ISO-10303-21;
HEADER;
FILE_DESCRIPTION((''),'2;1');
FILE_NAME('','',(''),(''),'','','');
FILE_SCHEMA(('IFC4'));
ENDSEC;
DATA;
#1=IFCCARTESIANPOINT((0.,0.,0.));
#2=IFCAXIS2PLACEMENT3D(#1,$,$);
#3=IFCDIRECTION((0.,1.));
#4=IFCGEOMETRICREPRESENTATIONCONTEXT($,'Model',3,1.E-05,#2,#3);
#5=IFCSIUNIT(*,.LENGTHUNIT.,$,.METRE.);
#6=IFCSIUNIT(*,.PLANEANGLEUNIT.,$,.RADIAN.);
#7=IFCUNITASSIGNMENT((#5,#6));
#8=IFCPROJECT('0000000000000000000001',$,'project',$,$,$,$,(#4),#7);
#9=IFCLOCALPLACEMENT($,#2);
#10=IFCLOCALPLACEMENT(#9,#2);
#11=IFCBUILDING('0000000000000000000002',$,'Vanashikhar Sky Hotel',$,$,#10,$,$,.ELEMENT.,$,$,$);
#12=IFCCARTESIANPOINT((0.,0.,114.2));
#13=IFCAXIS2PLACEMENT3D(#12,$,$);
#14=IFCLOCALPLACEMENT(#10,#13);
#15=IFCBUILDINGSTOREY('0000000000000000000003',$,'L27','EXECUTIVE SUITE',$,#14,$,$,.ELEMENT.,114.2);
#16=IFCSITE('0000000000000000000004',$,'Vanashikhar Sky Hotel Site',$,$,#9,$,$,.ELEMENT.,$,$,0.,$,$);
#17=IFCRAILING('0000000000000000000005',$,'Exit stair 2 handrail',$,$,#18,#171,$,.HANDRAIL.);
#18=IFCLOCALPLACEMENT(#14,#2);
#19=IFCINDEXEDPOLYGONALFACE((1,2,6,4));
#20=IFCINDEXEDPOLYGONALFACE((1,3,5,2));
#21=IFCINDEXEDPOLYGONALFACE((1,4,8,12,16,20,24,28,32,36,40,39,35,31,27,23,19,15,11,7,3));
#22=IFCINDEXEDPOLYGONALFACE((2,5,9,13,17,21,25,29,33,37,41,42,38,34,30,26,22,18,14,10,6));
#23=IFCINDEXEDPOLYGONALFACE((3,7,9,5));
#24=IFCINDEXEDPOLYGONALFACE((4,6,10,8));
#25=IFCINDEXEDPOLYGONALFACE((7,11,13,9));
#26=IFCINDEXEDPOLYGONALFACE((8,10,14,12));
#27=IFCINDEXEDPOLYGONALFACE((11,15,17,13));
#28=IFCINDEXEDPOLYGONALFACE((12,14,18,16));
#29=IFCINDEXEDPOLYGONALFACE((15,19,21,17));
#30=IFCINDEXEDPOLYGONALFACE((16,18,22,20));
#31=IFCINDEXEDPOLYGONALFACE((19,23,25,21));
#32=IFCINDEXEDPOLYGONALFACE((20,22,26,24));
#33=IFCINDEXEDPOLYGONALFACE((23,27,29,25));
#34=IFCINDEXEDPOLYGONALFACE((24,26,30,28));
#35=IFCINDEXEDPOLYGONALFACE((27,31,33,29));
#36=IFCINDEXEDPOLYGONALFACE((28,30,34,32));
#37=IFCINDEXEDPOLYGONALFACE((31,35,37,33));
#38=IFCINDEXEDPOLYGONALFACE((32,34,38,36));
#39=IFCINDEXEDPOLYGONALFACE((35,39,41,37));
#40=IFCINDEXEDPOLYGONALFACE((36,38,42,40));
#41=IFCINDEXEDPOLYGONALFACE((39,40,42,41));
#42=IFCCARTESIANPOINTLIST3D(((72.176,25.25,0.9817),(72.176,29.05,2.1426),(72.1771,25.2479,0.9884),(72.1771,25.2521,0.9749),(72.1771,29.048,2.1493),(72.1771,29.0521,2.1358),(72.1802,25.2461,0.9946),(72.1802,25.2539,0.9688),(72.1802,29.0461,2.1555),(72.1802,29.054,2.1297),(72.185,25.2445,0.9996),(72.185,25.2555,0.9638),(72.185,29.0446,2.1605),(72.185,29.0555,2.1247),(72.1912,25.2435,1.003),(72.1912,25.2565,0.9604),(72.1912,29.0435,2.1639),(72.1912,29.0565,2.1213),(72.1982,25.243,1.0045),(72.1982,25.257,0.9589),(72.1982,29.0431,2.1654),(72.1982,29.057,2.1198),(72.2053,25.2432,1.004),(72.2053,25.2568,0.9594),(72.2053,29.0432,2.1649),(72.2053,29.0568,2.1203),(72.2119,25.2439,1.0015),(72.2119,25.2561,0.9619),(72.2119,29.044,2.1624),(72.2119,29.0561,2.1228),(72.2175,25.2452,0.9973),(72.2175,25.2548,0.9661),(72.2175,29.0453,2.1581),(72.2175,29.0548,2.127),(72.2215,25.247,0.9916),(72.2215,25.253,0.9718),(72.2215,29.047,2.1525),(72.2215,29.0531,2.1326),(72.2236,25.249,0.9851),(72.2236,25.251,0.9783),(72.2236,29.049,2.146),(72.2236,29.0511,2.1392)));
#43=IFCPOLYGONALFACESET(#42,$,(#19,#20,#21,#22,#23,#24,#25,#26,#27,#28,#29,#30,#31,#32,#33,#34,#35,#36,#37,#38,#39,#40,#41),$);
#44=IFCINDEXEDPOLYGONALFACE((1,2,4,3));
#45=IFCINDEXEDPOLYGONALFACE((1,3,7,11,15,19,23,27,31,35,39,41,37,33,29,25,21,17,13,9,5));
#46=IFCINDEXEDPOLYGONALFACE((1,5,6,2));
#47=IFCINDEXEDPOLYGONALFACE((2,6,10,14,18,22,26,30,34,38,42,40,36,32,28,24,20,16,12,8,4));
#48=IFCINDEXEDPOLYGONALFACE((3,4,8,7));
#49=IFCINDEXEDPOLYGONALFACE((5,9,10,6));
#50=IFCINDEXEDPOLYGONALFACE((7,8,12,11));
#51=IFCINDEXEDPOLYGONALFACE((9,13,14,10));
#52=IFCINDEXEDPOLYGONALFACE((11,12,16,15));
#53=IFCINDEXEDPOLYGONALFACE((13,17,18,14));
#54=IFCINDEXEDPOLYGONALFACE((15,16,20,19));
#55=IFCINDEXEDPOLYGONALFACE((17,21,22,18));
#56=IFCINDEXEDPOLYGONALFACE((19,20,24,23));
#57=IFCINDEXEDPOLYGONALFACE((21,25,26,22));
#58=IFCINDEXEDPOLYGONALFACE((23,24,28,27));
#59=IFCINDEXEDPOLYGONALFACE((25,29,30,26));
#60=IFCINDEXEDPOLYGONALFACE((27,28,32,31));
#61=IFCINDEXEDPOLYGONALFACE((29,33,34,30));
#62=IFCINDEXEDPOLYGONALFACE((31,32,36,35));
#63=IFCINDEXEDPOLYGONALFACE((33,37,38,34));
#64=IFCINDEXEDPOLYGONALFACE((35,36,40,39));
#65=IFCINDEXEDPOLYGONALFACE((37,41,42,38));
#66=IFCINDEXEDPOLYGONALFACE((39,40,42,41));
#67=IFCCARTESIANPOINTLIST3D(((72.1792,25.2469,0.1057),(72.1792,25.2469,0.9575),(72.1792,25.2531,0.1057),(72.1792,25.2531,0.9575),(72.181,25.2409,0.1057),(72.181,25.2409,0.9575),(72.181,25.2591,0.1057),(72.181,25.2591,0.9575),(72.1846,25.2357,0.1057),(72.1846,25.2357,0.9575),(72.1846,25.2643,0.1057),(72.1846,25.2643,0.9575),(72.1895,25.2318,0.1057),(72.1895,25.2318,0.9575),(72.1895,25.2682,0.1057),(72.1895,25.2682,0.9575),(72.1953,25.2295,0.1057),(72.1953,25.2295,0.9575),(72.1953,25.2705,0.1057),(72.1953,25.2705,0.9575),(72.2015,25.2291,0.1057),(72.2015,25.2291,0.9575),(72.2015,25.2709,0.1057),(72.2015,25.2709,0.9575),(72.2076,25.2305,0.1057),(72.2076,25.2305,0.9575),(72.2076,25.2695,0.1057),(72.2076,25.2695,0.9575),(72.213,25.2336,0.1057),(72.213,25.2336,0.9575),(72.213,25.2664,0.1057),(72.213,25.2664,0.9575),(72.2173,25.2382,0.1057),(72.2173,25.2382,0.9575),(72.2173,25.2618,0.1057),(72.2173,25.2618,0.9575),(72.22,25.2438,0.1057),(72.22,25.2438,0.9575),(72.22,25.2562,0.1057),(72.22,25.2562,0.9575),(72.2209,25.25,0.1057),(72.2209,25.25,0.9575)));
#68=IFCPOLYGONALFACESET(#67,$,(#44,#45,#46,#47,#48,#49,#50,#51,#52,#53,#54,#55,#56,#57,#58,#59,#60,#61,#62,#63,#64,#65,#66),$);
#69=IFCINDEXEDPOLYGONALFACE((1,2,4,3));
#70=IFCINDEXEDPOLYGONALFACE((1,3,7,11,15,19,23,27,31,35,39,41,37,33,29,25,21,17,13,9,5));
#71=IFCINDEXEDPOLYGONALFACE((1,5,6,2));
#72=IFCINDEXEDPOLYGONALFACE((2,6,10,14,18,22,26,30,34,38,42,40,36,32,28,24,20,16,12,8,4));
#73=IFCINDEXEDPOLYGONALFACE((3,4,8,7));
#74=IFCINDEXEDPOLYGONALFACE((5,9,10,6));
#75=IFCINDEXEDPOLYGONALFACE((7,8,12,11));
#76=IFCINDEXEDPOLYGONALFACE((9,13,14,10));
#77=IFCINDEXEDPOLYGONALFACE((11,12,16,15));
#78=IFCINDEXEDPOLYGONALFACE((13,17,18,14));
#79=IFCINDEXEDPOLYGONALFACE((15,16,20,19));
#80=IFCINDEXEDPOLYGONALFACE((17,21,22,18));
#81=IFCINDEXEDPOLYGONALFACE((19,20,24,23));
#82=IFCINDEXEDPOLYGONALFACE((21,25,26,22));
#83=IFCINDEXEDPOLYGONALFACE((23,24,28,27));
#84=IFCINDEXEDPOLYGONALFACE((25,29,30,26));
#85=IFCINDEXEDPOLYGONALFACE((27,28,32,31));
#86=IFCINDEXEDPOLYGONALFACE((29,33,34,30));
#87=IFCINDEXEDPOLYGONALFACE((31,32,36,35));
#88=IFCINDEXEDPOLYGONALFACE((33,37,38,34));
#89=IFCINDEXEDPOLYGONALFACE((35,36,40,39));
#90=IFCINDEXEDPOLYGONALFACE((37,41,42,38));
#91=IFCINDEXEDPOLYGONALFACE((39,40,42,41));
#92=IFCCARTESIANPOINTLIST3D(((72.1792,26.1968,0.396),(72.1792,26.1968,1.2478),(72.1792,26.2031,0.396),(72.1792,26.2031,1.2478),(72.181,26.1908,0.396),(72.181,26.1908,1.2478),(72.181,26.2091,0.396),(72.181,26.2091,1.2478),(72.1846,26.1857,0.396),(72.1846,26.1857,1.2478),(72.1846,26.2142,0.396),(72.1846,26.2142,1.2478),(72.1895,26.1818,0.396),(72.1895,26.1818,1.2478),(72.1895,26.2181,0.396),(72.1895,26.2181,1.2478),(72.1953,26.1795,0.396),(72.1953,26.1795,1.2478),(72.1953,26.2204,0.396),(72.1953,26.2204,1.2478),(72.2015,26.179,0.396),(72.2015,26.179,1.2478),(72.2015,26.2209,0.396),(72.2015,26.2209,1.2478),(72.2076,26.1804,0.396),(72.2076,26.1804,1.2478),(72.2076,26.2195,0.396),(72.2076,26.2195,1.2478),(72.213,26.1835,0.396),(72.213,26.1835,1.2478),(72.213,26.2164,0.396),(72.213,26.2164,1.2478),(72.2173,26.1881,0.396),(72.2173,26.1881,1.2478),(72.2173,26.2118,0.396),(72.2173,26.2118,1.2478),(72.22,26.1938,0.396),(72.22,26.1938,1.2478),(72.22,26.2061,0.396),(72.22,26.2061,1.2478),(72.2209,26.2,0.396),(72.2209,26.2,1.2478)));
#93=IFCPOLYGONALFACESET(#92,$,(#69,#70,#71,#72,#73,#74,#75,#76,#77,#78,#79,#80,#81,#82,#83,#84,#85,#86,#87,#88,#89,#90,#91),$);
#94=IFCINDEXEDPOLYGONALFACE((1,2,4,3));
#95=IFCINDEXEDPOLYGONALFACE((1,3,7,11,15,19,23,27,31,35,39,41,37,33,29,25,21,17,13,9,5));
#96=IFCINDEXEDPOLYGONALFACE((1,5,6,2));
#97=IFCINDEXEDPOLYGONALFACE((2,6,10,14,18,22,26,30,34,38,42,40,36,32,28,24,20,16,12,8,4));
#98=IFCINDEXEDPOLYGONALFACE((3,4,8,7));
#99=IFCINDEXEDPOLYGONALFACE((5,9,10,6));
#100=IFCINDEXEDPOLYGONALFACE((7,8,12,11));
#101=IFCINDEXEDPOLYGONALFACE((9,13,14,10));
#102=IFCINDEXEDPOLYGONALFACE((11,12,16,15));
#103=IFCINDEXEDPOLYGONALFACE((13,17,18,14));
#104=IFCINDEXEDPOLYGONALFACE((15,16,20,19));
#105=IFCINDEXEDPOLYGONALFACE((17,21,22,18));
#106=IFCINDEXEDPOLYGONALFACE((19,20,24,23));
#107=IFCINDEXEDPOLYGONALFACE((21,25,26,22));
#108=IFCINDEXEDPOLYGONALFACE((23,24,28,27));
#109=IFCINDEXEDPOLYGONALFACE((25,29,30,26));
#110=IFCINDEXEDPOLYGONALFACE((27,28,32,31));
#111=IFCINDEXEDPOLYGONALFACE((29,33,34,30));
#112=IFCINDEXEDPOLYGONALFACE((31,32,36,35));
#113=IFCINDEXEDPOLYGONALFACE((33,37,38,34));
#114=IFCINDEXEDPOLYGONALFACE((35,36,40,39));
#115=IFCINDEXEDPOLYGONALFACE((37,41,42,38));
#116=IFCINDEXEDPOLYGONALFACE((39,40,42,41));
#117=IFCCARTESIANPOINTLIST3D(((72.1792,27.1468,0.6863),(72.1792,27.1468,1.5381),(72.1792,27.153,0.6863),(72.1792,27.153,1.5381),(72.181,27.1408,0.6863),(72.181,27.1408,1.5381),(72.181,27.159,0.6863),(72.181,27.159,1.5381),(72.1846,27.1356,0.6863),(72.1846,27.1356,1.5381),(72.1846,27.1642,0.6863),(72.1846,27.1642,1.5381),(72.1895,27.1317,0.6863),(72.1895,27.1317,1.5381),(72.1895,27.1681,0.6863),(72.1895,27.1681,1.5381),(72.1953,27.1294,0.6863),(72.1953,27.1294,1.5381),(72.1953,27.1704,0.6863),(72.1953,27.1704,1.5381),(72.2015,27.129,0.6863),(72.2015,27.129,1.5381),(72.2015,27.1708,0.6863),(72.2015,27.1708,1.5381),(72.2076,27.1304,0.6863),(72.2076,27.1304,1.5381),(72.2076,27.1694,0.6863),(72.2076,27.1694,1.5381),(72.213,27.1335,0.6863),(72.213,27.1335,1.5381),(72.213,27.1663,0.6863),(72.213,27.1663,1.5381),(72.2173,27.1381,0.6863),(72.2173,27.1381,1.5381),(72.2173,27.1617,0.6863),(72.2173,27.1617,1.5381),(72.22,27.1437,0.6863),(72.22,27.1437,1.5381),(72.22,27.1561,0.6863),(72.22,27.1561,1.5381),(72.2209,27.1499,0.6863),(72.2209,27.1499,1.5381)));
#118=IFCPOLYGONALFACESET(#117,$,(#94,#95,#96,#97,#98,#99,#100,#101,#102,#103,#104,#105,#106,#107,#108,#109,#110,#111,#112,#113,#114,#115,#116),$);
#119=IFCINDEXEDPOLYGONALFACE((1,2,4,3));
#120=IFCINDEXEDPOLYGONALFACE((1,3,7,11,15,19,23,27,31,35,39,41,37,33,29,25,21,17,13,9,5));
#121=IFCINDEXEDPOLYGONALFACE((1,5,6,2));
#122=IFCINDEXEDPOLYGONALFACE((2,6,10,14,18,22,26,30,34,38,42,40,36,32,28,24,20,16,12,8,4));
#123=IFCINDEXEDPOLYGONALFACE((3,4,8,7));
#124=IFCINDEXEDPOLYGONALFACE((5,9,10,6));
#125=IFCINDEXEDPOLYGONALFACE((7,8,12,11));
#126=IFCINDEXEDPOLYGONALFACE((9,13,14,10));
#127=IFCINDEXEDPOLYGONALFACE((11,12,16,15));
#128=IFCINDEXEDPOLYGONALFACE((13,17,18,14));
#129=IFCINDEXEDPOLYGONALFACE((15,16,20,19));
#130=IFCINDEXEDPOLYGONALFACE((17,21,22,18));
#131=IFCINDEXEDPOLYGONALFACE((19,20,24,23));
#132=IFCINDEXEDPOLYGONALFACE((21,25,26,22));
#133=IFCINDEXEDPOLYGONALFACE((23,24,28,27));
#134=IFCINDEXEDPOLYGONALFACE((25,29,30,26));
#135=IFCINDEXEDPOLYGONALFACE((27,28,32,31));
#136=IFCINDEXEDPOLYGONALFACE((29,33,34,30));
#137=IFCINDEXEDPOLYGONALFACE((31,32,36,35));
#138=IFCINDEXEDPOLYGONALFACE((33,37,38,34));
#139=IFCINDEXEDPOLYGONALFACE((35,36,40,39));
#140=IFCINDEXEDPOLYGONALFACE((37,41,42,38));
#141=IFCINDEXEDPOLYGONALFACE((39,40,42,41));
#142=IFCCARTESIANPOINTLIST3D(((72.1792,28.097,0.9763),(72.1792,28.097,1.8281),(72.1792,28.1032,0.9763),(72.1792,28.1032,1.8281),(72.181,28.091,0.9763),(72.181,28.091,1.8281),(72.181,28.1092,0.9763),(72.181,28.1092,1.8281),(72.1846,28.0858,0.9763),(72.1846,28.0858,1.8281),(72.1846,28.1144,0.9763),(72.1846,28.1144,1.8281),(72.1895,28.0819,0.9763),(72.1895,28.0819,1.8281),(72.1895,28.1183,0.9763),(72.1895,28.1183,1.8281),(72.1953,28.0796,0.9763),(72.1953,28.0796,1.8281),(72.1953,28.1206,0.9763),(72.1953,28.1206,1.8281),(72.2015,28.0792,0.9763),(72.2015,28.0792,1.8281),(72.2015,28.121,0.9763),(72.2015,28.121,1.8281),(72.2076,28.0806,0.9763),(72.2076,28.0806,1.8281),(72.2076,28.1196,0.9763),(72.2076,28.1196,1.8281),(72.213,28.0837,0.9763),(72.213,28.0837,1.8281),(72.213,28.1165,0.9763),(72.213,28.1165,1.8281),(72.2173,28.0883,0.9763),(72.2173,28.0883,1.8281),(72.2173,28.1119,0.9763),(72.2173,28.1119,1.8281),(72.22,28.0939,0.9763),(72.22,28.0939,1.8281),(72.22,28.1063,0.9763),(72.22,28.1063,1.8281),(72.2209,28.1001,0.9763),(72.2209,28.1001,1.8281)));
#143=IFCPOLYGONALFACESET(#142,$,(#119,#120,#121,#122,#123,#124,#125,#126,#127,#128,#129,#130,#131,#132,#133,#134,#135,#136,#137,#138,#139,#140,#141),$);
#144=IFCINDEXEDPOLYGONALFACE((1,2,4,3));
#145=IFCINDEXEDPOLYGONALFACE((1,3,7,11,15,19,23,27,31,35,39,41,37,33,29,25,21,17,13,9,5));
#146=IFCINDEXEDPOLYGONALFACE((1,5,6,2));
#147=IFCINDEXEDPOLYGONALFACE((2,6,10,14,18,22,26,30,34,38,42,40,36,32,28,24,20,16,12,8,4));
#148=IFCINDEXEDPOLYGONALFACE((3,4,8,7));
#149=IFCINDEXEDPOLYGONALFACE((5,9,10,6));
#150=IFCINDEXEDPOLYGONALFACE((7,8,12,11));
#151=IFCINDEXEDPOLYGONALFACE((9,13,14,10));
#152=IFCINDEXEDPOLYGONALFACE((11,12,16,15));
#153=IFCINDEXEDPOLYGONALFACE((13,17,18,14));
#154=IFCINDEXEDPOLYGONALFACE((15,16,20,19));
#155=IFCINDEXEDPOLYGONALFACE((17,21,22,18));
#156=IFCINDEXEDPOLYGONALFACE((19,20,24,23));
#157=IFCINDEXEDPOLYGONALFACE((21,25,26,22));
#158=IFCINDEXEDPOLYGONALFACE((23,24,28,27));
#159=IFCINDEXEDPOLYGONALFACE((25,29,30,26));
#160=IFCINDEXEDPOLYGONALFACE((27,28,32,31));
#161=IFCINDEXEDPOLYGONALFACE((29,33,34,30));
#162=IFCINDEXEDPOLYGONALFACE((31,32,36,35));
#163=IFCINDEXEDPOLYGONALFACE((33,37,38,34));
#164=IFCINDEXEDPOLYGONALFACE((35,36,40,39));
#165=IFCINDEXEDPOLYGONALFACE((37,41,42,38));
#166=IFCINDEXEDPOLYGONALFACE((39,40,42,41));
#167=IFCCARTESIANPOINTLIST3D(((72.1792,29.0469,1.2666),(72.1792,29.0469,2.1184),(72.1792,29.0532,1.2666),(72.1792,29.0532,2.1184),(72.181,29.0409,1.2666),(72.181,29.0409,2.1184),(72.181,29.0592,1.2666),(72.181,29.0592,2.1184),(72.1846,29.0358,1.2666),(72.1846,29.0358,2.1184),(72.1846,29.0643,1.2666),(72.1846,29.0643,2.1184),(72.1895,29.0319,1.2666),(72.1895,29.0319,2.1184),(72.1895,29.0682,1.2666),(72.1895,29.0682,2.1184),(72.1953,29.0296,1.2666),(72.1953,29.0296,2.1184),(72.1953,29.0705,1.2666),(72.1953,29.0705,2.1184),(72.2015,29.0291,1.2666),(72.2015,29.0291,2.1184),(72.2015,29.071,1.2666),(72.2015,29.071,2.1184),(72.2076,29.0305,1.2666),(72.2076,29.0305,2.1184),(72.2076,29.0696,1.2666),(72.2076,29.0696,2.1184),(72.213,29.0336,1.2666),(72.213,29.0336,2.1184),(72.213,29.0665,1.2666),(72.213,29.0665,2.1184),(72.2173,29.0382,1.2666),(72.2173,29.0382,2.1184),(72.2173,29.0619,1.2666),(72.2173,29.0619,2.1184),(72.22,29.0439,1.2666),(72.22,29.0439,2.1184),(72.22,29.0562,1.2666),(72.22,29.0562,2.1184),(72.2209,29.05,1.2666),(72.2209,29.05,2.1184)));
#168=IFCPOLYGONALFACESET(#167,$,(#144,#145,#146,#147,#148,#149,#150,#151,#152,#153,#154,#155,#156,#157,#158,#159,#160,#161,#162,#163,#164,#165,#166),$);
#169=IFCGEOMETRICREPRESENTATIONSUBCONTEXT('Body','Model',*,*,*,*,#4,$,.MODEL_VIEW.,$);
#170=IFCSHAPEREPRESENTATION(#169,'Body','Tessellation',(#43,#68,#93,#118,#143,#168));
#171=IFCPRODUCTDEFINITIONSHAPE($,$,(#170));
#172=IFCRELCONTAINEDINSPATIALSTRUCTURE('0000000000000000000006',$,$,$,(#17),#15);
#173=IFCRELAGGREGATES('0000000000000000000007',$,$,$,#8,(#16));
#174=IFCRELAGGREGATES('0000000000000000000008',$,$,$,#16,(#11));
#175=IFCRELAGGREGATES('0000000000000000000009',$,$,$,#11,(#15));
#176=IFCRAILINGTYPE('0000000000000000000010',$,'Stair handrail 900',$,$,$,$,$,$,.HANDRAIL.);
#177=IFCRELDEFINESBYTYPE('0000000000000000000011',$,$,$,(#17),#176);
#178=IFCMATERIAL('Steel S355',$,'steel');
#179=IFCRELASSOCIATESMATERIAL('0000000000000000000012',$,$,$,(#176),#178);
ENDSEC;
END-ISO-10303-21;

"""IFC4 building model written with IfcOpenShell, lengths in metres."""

from ifc_helpers import new_model, si_unit, direction, frame, origin, origin_2d, place, context, subcontext, project, spatial, circle, extrude, source, transform, mapped, material, type_object, element, save


model = new_model("IFC4")

# Units and contexts
model_context = context("Model", 3, precision=1e-05, world=origin(), true_north=direction((0.0, 1.0)))
body_context = subcontext(model_context, "Body", "Model", "MODEL_VIEW")
ifc_project = project(units=[si_unit("LENGTHUNIT", "METRE"), si_unit("PLANEANGLEUNIT", "RADIAN")], contexts=[model_context])

# Site, building, storey
site_placement = place(None, origin())
site = spatial("IfcSite", under=ifc_project, at=site_placement, Name="Vanashikhar Sky Hotel Site", CompositionType="ELEMENT", RefElevation=0.0)
building_placement = place(site_placement, origin())
building = spatial("IfcBuilding", under=site, at=building_placement, Name="Vanashikhar Sky Hotel", CompositionType="ELEMENT")
storey_placement = place(building_placement, frame((0.0, 0.0, 114.2)))
storey = spatial("IfcBuildingStorey", under=building, at=storey_placement, Name="L27", Description="EXECUTIVE SUITE", CompositionType="ELEMENT", Elevation=114.2)

# Railing
ifc_material_1 = material(Name="Steel S355", Category="steel")
railing_type_1 = type_object("IfcRailingType", Name="Stair handrail 900", PredefinedType="HANDRAIL", material=ifc_material_1)
shared_shape_1 = source(origin(), body_context, "Body", "SweptSolid", [
    extrude(circle(Radius=0.0239, at=origin_2d()), frame((0.0, 0.0, 0.876), z_axis=(0.0, 0.956368, 0.292164), x_axis=(-1.0, 0.0, 0.0)), (0.0, 0.0, 1.0), 3.9734),
    extrude(circle(Radius=0.021, at=origin_2d()), origin(), (0.0, 0.0, 1.0), 0.8518),
    extrude(circle(Radius=0.021, at=origin_2d()), frame((0.0, 0.95, 0.2903)), (0.0, 0.0, 1.0), 0.8518),
    extrude(circle(Radius=0.021, at=origin_2d()), frame((0.0, 1.8999, 0.5806)), (0.0, 0.0, 1.0), 0.8518),
    extrude(circle(Radius=0.021, at=origin_2d()), frame((0.0, 2.8501, 0.8706)), (0.0, 0.0, 1.0), 0.8518),
    extrude(circle(Radius=0.021, at=origin_2d()), frame((0.0, 3.8, 1.1609)), (0.0, 0.0, 1.0), 0.8518),
])
for number, where, name in (
    (1, (72.2, 25.25, 0.1057), "Exit stair 2 handrail"),
):
    element("IfcRailing", number, at=place(storey_placement, frame(where)), inside=storey, type_object=railing_type_1, Name=name, PredefinedType="HANDRAIL", context=body_context, shape_type="MappedRepresentation", body=[
        mapped(shared_shape_1, transform((0.0, 0.0, 0.0), scale=1.0)),
    ])

save(model, "model.ifc")
